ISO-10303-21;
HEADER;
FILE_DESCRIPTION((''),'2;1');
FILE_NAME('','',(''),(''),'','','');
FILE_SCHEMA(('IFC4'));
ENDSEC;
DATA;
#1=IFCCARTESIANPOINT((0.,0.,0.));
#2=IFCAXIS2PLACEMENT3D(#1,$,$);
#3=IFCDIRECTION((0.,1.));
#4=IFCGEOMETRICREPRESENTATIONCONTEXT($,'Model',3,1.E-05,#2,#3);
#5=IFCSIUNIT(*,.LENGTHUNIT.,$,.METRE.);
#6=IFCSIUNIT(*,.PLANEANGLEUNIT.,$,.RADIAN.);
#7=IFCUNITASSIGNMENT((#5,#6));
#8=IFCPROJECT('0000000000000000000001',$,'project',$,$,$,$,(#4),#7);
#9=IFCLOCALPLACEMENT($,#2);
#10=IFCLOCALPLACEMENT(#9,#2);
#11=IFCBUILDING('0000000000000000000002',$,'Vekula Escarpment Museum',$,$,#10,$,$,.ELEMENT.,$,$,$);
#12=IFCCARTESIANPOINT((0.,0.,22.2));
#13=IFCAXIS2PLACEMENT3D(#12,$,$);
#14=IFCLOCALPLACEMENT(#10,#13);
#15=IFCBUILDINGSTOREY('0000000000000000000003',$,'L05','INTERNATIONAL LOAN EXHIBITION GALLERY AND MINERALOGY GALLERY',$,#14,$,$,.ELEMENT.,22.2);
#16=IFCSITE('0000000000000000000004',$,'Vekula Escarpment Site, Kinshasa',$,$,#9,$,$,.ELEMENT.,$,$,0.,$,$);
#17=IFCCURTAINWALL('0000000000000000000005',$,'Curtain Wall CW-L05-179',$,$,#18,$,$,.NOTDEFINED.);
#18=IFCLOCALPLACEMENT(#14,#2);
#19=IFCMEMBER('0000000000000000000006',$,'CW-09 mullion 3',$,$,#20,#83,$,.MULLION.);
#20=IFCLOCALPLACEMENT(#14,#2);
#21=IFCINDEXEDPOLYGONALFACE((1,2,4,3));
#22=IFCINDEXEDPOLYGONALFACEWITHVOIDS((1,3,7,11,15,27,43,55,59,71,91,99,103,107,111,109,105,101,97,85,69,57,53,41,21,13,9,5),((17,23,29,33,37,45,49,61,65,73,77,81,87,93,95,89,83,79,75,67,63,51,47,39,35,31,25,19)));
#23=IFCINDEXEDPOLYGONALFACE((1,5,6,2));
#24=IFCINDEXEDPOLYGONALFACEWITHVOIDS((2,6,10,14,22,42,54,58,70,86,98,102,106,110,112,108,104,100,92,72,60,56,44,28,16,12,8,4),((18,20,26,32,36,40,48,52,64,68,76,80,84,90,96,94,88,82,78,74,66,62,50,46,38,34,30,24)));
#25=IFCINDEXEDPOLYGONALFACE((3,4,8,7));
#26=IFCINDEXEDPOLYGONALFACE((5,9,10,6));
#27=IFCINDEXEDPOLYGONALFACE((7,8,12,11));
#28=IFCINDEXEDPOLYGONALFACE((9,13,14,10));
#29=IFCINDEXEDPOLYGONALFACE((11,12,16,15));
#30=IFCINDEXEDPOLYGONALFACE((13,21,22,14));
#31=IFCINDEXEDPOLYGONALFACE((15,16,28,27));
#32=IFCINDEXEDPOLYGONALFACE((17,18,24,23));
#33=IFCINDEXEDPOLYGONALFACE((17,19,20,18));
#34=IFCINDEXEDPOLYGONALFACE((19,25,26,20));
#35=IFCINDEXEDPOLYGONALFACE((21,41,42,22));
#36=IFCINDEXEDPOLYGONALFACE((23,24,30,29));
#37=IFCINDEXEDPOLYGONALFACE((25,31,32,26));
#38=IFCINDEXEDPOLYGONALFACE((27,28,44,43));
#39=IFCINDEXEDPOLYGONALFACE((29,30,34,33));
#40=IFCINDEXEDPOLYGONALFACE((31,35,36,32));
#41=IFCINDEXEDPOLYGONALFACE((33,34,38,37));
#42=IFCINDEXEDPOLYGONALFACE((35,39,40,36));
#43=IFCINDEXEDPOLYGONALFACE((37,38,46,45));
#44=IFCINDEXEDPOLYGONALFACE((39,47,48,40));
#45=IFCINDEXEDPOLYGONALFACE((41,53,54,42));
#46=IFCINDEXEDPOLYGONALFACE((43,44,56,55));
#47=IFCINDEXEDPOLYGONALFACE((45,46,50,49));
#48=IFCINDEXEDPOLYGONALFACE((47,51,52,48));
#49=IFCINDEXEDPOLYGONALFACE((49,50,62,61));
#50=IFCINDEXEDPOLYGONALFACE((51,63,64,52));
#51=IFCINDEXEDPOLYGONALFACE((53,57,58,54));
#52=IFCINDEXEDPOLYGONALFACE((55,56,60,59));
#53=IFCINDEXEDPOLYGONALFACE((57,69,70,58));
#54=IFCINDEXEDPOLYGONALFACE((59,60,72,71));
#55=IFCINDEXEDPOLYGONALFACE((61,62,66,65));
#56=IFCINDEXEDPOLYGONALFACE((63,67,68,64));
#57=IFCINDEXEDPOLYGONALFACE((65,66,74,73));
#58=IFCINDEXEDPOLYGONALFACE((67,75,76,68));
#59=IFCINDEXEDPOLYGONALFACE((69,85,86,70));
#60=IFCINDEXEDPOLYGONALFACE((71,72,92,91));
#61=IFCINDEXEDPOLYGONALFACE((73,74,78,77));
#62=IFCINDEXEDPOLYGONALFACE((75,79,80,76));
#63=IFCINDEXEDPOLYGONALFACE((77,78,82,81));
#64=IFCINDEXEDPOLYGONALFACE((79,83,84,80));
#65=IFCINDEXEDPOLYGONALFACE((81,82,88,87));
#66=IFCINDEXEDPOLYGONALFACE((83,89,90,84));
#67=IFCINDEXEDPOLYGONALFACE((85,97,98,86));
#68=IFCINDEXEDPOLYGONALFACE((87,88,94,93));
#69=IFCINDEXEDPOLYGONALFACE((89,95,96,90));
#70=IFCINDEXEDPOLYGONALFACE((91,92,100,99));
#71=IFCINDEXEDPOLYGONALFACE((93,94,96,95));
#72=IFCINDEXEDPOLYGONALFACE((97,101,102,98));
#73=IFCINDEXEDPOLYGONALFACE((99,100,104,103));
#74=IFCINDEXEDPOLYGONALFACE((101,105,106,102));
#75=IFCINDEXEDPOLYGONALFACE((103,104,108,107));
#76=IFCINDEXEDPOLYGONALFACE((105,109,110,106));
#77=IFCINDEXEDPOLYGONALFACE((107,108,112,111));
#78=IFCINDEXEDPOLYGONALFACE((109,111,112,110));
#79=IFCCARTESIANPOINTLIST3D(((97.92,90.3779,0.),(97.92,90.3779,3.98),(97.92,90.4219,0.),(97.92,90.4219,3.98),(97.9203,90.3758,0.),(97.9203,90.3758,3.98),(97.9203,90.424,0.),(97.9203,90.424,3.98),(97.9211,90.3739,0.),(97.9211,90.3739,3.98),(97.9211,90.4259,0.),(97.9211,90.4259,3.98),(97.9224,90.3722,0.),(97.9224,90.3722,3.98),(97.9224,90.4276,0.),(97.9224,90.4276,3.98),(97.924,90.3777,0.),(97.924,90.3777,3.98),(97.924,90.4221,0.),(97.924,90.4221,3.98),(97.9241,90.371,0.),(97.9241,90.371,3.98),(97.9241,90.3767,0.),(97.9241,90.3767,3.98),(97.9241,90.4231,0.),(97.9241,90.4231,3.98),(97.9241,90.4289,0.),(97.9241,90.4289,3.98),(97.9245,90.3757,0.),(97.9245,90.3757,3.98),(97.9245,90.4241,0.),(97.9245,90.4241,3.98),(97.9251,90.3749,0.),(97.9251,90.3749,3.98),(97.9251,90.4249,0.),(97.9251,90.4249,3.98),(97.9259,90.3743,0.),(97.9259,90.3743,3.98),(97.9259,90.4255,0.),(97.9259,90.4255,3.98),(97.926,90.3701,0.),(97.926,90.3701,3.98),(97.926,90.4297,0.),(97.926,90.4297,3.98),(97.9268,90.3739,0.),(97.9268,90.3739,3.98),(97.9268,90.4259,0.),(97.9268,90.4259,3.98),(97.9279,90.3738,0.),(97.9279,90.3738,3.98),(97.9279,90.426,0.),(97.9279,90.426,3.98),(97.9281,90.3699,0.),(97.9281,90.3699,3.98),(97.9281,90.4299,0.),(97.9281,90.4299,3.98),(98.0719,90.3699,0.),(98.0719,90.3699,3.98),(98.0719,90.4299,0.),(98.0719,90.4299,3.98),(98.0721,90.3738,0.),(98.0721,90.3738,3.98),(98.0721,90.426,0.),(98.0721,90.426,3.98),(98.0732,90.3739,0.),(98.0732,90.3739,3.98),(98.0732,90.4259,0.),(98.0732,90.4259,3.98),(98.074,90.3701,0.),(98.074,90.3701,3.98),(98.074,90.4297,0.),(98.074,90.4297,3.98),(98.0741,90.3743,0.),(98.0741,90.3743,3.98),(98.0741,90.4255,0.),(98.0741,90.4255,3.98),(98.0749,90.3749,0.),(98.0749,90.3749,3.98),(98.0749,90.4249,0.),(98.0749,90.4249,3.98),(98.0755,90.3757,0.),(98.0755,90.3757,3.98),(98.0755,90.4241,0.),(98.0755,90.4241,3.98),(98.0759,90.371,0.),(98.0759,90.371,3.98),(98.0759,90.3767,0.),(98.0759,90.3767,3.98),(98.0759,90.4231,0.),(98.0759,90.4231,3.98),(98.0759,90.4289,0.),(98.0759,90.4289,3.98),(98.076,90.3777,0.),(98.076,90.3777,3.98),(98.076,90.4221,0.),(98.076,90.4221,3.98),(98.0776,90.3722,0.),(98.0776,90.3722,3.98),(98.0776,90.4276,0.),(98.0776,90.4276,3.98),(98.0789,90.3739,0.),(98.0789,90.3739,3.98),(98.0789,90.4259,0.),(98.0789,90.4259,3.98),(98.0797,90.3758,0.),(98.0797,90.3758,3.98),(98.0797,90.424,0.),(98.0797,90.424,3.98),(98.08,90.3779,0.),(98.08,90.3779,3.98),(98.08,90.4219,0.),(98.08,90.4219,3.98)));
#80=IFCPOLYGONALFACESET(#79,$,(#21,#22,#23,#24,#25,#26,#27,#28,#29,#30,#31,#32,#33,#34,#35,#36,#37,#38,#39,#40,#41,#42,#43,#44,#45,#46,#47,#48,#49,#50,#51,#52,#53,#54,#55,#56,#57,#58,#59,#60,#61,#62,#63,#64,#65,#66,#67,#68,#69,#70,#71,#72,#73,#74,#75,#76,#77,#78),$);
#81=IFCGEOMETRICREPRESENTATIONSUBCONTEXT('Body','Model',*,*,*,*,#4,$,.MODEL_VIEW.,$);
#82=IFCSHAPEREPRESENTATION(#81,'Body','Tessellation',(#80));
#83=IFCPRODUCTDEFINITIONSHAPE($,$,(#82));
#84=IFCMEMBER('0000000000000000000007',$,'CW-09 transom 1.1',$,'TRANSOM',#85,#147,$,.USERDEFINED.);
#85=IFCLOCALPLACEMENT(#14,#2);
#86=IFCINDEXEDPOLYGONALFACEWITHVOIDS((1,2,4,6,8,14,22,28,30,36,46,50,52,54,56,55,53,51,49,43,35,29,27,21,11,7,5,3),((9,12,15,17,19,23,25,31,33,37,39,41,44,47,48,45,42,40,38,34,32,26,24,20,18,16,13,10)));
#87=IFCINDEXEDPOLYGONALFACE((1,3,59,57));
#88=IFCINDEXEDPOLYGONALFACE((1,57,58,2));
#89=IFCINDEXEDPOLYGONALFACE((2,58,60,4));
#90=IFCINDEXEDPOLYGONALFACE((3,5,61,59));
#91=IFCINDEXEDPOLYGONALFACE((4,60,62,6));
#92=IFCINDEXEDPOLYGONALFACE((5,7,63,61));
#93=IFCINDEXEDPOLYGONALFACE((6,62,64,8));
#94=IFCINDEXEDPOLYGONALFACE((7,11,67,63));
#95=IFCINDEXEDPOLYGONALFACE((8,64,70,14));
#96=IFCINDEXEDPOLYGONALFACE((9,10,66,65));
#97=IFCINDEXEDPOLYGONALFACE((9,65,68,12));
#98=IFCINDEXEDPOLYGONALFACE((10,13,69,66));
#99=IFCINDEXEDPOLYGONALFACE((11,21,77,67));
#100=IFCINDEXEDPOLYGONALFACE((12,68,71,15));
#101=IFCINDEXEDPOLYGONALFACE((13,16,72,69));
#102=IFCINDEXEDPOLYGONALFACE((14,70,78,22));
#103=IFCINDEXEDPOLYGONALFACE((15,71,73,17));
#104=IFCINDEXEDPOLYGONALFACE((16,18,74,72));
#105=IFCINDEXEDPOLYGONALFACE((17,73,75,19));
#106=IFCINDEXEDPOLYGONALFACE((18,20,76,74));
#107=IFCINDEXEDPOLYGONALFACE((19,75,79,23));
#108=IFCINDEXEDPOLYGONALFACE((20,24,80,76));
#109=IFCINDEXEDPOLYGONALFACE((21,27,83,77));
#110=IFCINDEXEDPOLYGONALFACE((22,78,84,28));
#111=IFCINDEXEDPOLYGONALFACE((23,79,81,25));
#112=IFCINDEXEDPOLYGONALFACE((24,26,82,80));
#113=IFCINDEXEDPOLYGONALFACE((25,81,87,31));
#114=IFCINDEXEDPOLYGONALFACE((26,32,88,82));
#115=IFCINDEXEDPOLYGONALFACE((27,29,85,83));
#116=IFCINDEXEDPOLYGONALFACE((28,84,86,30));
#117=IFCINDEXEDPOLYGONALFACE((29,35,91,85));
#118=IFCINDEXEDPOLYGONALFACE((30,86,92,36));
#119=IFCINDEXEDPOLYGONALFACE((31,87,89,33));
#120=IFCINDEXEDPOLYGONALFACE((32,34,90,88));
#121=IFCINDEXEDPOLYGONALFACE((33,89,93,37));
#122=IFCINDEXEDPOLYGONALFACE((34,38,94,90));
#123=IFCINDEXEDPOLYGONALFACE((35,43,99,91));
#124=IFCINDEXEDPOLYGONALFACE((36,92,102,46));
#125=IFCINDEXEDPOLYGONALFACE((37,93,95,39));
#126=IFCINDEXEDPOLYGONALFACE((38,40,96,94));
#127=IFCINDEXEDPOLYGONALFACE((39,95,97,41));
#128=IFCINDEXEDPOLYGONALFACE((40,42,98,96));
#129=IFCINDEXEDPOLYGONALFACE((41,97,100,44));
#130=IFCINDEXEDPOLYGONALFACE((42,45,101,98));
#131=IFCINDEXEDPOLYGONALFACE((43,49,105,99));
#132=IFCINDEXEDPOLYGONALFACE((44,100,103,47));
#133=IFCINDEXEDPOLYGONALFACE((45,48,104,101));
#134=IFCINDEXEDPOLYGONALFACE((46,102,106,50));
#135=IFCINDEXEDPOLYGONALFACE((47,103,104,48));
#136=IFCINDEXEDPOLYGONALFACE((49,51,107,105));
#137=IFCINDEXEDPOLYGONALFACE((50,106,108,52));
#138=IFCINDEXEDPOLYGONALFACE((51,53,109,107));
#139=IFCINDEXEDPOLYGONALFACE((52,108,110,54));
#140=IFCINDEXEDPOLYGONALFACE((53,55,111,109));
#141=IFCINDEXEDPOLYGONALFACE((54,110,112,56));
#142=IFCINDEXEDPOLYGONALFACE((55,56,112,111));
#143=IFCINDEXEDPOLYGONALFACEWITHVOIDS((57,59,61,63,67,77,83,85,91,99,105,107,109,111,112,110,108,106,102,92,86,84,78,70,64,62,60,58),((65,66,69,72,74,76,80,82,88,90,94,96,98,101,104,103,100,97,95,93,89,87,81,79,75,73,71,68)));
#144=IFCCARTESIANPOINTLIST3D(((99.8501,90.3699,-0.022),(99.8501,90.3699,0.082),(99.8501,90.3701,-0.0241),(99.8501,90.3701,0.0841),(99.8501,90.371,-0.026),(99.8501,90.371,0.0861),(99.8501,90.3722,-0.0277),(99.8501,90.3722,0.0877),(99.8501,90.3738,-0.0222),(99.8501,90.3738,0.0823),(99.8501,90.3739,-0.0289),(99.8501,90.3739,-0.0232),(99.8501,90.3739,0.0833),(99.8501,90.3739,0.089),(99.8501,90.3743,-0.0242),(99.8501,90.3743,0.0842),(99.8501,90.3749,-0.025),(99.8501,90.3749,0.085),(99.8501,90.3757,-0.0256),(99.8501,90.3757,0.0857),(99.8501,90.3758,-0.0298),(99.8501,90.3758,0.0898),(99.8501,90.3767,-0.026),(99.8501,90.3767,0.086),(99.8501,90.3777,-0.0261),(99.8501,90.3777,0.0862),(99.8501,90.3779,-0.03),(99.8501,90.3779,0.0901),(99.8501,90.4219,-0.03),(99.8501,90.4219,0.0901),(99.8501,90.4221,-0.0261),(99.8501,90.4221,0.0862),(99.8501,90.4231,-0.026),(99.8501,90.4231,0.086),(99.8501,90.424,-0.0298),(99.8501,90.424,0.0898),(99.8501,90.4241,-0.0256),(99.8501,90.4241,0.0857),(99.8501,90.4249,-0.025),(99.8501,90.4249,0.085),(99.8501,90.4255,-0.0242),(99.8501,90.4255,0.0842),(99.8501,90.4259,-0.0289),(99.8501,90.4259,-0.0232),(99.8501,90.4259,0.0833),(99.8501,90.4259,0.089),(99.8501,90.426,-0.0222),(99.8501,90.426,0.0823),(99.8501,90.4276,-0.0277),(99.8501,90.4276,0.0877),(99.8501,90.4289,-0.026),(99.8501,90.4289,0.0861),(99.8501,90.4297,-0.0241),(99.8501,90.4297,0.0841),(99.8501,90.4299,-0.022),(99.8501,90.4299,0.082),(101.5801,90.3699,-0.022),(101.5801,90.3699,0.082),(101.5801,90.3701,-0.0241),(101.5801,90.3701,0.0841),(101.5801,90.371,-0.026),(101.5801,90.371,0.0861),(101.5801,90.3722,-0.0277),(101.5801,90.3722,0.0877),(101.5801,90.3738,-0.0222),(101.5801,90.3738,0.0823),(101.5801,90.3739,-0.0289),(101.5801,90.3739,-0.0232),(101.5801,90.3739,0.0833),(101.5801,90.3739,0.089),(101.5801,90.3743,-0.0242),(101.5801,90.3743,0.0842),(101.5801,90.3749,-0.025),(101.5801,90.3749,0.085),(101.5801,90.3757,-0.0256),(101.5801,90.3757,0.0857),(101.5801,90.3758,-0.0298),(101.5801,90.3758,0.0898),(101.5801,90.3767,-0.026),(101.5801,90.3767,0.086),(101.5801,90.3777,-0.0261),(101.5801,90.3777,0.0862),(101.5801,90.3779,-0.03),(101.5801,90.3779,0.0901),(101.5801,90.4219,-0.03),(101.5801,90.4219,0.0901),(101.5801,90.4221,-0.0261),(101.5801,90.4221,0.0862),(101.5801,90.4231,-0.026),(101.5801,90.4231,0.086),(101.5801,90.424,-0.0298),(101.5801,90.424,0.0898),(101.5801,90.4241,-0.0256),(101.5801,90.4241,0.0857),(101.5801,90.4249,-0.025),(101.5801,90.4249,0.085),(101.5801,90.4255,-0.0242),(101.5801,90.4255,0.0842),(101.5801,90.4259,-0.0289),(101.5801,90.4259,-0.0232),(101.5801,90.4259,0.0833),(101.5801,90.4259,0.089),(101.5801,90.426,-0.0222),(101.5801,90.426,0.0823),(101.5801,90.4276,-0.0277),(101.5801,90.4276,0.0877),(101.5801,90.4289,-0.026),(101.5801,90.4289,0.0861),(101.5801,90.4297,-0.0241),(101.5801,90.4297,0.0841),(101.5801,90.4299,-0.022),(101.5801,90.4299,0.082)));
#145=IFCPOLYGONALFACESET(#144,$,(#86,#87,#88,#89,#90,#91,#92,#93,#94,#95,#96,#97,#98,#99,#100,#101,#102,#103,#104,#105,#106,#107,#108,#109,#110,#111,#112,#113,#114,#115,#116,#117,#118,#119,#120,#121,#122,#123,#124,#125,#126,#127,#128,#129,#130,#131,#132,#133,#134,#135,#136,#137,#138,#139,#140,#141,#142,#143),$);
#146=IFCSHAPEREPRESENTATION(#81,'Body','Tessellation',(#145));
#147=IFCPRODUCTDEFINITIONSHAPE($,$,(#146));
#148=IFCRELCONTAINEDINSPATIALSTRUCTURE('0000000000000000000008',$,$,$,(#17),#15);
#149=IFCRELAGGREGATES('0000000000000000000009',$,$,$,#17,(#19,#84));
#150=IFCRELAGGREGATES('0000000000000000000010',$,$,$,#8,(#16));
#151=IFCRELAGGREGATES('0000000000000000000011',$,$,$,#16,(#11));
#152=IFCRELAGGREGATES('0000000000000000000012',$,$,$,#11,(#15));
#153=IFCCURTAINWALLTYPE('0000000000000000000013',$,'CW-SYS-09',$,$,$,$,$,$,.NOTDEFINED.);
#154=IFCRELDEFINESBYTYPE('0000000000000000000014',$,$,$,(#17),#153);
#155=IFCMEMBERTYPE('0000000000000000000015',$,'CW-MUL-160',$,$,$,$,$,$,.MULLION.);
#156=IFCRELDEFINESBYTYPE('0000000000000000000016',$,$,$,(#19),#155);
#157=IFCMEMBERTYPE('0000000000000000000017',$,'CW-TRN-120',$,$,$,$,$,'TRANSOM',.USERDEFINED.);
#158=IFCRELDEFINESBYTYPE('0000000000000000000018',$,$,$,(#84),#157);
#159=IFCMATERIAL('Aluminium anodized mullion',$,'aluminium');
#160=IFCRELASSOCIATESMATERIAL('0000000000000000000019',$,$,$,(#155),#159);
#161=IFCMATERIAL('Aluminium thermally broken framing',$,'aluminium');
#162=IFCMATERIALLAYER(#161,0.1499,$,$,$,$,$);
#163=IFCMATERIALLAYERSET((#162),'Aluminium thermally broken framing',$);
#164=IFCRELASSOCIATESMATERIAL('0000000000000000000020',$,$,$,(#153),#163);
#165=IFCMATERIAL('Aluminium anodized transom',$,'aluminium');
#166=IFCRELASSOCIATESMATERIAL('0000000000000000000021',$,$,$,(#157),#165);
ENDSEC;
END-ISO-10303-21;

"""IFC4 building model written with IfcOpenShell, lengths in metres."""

from ifc_helpers import new_model, si_unit, direction, frame, origin, origin_2d, place, context, subcontext, project, spatial, hollow_rectangle, extrude, material, layer, layer_set, material_profile, profile_set, type_object, element, aggregate, save


model = new_model("IFC4")

# Units and contexts
model_context = context("Model", 3, precision=1e-05, world=origin(), true_north=direction((0.0, 1.0)))
body_context = subcontext(model_context, "Body", "Model", "MODEL_VIEW")
ifc_project = project(units=[si_unit("LENGTHUNIT", "METRE"), si_unit("PLANEANGLEUNIT", "RADIAN")], contexts=[model_context])

# Site, building, storey
site_placement = place(None, origin())
site = spatial("IfcSite", under=ifc_project, at=site_placement, Name="Vekula Escarpment Site, Kinshasa", CompositionType="ELEMENT", RefElevation=0.0)
building_placement = place(site_placement, origin())
building = spatial("IfcBuilding", under=site, at=building_placement, Name="Vekula Escarpment Museum", CompositionType="ELEMENT")
storey_placement = place(building_placement, frame((0.0, 0.0, 22.2)))
storey = spatial("IfcBuildingStorey", under=building, at=storey_placement, Name="L05", Description="INTERNATIONAL LOAN EXHIBITION GALLERY AND MINERALOGY GALLERY", CompositionType="ELEMENT", Elevation=22.2)

# Shared definitions
ifc_material_1 = material(Name="Aluminium anodized mullion", Category="aluminium")
ifc_material_profile_1 = material_profile(ifc_material_1, hollow_rectangle(XDim=0.0601, YDim=0.1599, WallThickness=0.0039, InnerFilletRadius=0.0039, OuterFilletRadius=0.0081, at=origin_2d()), Name="ALU 160x60x4")
ifc_profile_set_1 = profile_set([ifc_material_profile_1], Name="Aluminium anodized mullion")
member_type_1 = type_object("IfcMemberType", Name="CW-MUL-160", PredefinedType="MULLION", material=ifc_profile_set_1)

# Curtain wall, members
ifc_material_2 = material(Name="Aluminium thermally broken framing", Category="aluminium")
ifc_layer_1 = layer(ifc_material_2, 0.1499)
ifc_layer_set_1 = layer_set([ifc_layer_1], Name="Aluminium thermally broken framing")
curtain_wall_type_1 = type_object("IfcCurtainWallType", Name="CW-SYS-09", PredefinedType="NOTDEFINED", material=ifc_layer_set_1)
curtain_wall_1_placement = place(storey_placement, origin())
curtain_wall_1 = element("IfcCurtainWall", 1, at=curtain_wall_1_placement, inside=storey, type_object=curtain_wall_type_1, Name="Curtain Wall CW-L05-179", PredefinedType="NOTDEFINED")
member_1_placement = place(storey_placement, frame((98.0, 90.3999, 0.0), z_axis=(0.0, 0.0, 1.0), x_axis=(0.0, -1.0, 0.0)))
member_1 = element("IfcMember", 2, at=member_1_placement, type_object=member_type_1, Name="CW-09 mullion 3", PredefinedType="MULLION", context=body_context, shape_type="SweptSolid", body=[
    extrude(hollow_rectangle(XDim=0.0601, YDim=0.1599, WallThickness=0.0039, InnerFilletRadius=0.0039, OuterFilletRadius=0.0081, at=origin_2d()), origin(), (0.0, 0.0, 1.0), 3.98),
])
ifc_material_3 = material(Name="Aluminium anodized transom", Category="aluminium")
ifc_material_profile_2 = material_profile(ifc_material_3, hollow_rectangle(XDim=0.0601, YDim=0.1201, WallThickness=0.0039, InnerFilletRadius=0.0039, OuterFilletRadius=0.0081, at=origin_2d()), Name="ALU 120x60x4")
ifc_profile_set_2 = profile_set([ifc_material_profile_2], Name="Aluminium anodized transom")
member_type_2 = type_object("IfcMemberType", Name="CW-TRN-120", ElementType="TRANSOM", PredefinedType="USERDEFINED", material=ifc_profile_set_2)
member_2_placement = place(storey_placement, frame((101.5801, 90.3999, 0.03), z_axis=(-1.0, 0.0, 0.0), x_axis=(0.0, -1.0, 0.0)))
member_2 = element("IfcMember", 3, at=member_2_placement, type_object=member_type_2, Name="CW-09 transom 1.1", ObjectType="TRANSOM", PredefinedType="USERDEFINED", context=body_context, shape_type="SweptSolid", body=[
    extrude(hollow_rectangle(XDim=0.0601, YDim=0.1201, WallThickness=0.0039, InnerFilletRadius=0.0039, OuterFilletRadius=0.0081, at=origin_2d()), origin(), (0.0, 0.0, 1.0), 1.73),
])

aggregate(curtain_wall_1, [member_1, member_2])

save(model, "model.ifc")
